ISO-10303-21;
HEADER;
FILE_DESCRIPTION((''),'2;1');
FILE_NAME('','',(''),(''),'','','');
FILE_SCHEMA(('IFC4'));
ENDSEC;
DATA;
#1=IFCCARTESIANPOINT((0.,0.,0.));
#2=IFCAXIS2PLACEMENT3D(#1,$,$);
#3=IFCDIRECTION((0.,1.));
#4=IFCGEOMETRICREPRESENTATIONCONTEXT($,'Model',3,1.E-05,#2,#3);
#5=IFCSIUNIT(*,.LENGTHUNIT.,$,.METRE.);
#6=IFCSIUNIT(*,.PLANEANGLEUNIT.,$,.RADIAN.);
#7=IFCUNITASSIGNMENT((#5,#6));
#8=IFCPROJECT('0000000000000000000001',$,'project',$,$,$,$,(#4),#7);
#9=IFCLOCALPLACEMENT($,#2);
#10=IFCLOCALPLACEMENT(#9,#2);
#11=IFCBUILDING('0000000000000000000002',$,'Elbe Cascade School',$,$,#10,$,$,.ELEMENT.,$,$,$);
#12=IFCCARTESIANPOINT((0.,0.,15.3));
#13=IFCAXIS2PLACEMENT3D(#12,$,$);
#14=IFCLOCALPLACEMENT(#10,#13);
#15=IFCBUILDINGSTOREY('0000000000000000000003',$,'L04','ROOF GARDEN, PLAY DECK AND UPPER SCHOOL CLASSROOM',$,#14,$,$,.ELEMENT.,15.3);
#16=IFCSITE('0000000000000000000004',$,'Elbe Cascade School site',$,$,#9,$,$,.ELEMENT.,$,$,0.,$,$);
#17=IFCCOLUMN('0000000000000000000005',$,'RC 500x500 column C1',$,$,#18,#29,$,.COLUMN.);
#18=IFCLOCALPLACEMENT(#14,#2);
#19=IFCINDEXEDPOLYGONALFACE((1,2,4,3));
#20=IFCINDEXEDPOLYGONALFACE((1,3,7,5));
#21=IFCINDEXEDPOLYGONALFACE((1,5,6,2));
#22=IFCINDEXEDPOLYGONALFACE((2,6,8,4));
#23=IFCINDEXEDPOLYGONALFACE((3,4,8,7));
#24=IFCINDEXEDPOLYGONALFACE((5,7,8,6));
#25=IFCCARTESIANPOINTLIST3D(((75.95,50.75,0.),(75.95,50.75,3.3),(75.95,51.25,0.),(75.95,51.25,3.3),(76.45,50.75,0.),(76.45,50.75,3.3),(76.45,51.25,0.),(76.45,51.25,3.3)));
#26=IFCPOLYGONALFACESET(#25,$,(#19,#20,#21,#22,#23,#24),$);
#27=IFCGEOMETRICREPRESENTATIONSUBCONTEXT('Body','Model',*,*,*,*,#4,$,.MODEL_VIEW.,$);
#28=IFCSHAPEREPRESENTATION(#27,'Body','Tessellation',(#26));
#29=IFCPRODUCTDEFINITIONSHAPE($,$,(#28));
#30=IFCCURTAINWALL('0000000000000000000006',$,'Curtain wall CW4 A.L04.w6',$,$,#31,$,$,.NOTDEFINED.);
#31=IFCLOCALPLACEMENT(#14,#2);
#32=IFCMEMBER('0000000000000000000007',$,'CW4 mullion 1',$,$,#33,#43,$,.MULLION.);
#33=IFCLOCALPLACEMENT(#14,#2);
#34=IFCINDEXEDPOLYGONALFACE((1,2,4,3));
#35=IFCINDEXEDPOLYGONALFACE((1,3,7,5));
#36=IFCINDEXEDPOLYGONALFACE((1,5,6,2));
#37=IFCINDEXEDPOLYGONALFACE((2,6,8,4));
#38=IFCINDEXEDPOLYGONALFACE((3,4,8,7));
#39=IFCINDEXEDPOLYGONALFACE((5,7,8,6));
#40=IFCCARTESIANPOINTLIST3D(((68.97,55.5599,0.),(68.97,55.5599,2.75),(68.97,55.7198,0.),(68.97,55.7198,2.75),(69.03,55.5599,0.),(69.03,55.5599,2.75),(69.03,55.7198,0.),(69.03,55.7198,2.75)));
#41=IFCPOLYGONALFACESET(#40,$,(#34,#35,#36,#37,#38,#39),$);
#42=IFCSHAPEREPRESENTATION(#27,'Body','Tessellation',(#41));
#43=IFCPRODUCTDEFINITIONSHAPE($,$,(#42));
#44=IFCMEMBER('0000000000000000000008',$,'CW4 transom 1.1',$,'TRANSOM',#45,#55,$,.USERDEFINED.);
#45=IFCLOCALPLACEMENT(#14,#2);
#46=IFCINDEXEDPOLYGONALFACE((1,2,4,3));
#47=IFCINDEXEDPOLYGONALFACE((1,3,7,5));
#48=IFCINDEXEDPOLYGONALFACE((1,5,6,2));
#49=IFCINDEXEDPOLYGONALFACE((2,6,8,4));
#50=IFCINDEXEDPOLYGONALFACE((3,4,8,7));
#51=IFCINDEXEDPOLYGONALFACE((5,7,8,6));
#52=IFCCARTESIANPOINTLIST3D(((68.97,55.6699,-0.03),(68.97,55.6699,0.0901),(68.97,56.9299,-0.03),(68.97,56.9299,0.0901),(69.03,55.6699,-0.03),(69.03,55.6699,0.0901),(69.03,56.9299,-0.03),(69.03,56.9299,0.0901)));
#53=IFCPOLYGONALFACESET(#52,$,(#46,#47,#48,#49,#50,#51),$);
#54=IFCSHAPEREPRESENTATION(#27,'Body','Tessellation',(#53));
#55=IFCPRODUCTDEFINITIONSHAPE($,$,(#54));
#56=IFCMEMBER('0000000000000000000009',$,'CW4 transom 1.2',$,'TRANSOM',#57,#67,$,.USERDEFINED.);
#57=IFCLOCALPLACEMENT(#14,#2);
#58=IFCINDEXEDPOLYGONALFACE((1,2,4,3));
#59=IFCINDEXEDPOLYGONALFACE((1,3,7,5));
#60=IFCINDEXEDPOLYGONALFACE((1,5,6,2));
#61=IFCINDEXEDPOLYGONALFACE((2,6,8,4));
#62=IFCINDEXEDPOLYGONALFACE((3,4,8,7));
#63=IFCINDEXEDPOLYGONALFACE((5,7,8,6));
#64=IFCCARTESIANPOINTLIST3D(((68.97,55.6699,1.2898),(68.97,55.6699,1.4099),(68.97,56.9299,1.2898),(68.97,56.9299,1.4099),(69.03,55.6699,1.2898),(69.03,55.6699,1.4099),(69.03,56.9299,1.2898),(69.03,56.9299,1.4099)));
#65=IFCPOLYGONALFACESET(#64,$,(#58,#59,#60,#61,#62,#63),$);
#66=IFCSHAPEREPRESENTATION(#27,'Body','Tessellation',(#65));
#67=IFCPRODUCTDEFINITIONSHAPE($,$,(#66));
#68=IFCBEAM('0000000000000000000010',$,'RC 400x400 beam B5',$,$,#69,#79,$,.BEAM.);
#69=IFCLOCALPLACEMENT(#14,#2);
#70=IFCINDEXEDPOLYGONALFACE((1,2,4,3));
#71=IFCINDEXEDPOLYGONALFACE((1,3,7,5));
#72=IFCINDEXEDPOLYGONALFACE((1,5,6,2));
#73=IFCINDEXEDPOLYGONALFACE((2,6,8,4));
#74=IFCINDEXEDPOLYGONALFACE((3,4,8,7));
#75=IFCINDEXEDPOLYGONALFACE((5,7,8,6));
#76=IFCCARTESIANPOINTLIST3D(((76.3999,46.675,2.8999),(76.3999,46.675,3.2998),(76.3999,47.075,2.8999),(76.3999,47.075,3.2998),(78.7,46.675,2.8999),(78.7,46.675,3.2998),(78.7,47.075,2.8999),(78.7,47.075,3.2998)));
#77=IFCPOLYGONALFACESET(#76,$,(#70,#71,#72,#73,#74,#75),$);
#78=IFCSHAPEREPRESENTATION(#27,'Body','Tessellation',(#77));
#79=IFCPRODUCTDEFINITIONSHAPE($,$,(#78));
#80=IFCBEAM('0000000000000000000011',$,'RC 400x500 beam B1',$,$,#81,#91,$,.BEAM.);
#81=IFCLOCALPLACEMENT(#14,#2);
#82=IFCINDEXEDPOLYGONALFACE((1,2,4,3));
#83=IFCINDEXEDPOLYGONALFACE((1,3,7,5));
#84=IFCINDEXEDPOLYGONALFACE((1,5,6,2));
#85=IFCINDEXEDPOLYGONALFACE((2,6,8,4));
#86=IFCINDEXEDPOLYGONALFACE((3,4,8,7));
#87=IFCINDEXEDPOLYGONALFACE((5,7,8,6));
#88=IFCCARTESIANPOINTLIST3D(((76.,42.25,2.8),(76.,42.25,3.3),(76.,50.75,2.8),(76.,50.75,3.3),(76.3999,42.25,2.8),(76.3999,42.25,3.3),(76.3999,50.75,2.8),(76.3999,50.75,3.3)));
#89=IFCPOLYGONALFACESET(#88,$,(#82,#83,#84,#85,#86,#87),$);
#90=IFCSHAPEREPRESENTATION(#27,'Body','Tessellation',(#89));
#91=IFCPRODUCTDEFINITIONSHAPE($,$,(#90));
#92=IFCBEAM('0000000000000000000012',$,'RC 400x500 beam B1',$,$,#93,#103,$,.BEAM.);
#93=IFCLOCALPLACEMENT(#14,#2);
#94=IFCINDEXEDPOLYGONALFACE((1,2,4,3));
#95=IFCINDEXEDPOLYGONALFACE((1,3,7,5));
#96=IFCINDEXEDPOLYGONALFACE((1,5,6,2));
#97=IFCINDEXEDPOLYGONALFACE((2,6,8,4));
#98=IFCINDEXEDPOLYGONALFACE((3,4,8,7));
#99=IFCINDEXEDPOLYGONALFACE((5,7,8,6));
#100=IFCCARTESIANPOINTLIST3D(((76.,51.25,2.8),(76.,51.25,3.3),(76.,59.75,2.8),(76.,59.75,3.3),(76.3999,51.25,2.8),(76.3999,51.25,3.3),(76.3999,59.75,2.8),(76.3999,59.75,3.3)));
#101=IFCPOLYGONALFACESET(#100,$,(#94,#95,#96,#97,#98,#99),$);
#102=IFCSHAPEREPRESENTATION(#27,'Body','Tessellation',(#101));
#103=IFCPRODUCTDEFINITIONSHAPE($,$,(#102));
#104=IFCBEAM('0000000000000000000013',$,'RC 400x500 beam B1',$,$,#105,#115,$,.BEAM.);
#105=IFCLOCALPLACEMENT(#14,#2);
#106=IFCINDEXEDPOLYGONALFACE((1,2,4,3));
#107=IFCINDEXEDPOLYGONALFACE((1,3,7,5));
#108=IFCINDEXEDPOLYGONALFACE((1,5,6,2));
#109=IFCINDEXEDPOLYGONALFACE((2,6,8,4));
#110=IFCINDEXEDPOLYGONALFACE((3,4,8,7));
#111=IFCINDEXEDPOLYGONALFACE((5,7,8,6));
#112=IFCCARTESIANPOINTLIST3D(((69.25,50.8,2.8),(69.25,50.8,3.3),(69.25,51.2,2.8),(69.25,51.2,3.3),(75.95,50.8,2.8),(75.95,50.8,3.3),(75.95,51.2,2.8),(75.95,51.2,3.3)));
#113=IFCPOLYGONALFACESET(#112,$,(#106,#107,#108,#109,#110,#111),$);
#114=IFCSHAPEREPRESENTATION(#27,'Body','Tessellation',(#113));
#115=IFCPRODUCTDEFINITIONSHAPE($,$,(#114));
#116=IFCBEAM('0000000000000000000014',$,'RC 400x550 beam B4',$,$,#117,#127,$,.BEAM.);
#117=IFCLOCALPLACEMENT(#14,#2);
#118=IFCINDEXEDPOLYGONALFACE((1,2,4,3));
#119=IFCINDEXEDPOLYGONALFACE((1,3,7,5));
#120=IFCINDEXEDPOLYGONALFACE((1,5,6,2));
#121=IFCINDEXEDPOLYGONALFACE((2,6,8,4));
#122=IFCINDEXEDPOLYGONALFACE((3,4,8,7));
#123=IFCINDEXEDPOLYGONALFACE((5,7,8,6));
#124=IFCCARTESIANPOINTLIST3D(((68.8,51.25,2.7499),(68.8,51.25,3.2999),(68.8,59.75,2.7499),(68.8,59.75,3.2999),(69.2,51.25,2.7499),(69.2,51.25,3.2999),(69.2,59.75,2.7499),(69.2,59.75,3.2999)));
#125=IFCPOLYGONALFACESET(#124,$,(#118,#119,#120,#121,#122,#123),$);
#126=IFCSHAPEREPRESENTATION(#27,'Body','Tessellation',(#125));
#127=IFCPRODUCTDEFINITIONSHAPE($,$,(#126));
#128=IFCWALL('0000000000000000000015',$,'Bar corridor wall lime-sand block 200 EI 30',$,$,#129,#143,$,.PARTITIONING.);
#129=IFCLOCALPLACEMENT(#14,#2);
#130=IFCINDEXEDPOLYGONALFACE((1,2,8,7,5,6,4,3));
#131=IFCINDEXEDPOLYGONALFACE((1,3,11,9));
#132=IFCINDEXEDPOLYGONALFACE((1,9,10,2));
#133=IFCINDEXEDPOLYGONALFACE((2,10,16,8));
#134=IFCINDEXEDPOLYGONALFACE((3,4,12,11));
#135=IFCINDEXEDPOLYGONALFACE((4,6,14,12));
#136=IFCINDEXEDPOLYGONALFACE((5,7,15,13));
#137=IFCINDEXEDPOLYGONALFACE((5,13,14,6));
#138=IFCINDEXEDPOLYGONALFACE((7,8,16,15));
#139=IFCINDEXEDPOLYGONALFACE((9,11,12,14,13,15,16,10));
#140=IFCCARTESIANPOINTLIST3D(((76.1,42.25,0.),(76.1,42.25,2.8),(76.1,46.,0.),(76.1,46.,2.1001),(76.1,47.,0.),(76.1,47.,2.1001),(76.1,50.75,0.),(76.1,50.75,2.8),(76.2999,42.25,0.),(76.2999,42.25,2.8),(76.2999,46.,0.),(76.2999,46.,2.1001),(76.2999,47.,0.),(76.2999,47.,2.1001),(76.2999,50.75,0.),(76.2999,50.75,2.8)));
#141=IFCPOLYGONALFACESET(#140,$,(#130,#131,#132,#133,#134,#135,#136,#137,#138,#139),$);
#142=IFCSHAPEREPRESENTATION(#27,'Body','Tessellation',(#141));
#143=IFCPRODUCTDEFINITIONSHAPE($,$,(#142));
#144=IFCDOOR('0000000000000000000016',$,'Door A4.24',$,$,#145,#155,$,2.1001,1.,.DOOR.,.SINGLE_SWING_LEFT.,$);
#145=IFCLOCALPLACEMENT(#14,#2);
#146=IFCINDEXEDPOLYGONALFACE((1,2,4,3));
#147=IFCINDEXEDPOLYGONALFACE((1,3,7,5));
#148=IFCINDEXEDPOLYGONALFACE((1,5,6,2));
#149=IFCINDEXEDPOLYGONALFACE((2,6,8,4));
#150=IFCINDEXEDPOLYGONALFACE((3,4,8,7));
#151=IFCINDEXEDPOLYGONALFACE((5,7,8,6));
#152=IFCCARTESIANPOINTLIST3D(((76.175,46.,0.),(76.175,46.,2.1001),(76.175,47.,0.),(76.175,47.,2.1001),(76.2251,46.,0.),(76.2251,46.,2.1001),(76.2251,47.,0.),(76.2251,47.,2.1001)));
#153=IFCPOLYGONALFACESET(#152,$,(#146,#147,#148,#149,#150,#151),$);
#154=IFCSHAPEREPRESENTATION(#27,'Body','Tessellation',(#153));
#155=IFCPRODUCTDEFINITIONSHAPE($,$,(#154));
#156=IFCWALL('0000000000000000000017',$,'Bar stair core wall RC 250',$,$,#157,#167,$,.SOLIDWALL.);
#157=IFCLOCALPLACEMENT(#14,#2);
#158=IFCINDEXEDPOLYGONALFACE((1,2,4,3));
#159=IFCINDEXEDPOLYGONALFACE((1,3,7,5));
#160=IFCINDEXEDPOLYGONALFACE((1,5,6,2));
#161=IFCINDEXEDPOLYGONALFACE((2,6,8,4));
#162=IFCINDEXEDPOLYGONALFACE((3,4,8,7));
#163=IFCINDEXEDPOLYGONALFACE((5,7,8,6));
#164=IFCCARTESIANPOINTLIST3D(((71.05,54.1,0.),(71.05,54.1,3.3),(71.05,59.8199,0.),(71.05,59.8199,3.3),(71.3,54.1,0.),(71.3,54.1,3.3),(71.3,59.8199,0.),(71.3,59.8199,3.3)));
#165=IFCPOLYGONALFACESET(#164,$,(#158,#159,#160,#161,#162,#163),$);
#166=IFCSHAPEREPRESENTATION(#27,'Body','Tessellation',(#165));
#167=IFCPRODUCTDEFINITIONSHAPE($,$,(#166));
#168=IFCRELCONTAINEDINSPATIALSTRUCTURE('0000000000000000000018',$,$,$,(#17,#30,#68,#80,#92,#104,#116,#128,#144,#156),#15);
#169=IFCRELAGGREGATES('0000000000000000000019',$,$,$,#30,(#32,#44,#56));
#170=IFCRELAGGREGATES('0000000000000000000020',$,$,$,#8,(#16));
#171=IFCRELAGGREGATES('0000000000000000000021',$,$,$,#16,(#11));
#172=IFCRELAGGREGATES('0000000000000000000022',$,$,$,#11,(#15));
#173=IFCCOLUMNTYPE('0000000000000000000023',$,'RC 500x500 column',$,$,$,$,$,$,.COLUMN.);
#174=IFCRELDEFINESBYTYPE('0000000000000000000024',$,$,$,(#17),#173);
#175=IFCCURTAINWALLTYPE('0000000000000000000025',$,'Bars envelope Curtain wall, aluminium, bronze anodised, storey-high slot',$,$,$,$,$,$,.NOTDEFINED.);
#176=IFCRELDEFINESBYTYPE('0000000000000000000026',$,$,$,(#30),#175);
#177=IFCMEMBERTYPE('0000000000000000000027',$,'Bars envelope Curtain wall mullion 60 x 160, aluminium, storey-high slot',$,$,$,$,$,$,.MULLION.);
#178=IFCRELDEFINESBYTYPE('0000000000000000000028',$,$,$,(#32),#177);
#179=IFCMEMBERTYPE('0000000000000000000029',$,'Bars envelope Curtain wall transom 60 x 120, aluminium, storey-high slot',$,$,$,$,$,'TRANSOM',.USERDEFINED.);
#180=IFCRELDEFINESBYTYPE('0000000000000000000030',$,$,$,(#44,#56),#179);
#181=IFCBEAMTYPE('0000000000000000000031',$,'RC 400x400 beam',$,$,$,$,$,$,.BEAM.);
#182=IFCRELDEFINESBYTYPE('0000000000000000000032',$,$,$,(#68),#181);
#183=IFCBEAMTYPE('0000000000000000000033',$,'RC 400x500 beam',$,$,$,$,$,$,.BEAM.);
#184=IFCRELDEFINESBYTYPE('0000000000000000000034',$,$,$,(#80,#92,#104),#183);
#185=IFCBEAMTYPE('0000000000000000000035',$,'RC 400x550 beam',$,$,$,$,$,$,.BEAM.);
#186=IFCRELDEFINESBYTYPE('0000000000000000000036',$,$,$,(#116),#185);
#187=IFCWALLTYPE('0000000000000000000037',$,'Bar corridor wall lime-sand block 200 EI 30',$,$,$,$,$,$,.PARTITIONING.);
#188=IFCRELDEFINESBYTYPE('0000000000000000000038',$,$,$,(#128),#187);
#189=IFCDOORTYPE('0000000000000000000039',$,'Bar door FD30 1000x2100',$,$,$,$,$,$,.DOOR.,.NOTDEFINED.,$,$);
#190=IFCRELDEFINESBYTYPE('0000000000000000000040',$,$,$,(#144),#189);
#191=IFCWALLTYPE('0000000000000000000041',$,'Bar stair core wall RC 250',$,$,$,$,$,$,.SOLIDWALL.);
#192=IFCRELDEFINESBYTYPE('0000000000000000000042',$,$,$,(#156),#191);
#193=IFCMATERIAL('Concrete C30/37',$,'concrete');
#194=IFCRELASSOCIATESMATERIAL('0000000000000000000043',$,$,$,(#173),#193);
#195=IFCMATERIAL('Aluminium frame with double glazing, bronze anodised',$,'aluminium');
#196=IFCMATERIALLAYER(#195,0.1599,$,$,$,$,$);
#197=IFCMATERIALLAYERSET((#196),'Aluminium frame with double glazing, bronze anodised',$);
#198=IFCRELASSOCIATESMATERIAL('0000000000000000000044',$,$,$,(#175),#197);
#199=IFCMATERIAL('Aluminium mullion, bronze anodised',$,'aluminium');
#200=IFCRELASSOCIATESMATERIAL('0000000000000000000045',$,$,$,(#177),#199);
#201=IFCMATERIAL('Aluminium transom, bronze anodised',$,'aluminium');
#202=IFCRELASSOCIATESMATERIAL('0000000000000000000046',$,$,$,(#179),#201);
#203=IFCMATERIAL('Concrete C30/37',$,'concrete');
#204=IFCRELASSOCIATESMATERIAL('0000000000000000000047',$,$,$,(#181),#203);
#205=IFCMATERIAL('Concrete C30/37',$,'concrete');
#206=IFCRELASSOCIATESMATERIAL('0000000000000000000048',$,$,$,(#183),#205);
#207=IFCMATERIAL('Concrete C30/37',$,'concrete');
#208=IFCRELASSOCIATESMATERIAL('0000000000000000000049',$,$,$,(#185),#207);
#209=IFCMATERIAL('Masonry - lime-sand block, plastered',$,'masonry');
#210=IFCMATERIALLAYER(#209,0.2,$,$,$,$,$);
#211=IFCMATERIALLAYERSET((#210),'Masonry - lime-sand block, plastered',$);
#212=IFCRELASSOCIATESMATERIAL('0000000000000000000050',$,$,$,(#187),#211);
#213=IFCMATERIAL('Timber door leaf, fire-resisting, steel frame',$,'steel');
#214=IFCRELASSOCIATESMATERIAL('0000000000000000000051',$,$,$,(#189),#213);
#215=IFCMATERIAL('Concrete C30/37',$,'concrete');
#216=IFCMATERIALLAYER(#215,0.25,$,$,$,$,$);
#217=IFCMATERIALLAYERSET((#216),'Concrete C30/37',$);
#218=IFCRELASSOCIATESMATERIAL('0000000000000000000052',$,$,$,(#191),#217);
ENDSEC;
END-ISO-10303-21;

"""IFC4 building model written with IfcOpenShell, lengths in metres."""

from ifc_helpers import new_model, si_unit, direction, frame, frame_2d, origin, origin_2d, place, context, subcontext, project, spatial, rectangle, extrude, material, layer, layer_set, material_profile, profile_set, type_object, element, fill, aggregate, save


model = new_model("IFC4")

# Units and contexts
model_context = context("Model", 3, precision=1e-05, world=origin(), true_north=direction((0.0, 1.0)))
body_context = subcontext(model_context, "Body", "Model", "MODEL_VIEW")
ifc_project = project(units=[si_unit("LENGTHUNIT", "METRE"), si_unit("PLANEANGLEUNIT", "RADIAN")], contexts=[model_context])

# Site, building, storey
site_placement = place(None, origin())
site = spatial("IfcSite", under=ifc_project, at=site_placement, Name="Elbe Cascade School site", CompositionType="ELEMENT", RefElevation=0.0)
building_placement = place(site_placement, origin())
building = spatial("IfcBuilding", under=site, at=building_placement, Name="Elbe Cascade School", CompositionType="ELEMENT")
storey_placement = place(building_placement, frame((0.0, 0.0, 15.3)))
storey = spatial("IfcBuildingStorey", under=building, at=storey_placement, Name="L04", Description="ROOF GARDEN, PLAY DECK AND UPPER SCHOOL CLASSROOM", CompositionType="ELEMENT", Elevation=15.3)

# Column
ifc_material_1 = material(Name="Concrete C30/37", Category="concrete")
ifc_material_profile_1 = material_profile(ifc_material_1, rectangle(XDim=0.5, YDim=0.5, at=origin_2d()), Name="RC 500x500")
ifc_profile_set_1 = profile_set([ifc_material_profile_1], Name="Concrete C30/37")
column_type = type_object("IfcColumnType", Name="RC 500x500 column", PredefinedType="COLUMN", material=ifc_profile_set_1)
column_placement = place(storey_placement, frame((76.2, 51.0, 0.0), z_axis=(0.0, 0.0, 1.0), x_axis=(1.0, 0.0, 0.0)))
element("IfcColumn", 1, at=column_placement, inside=storey, type_object=column_type, Name="RC 500x500 column C1", PredefinedType="COLUMN", context=body_context, shape_type="SweptSolid", body=[
    extrude(rectangle(XDim=0.5, YDim=0.5, at=origin_2d()), origin(), (0.0, 0.0, 1.0), 3.3),
])

# Curtain wall, members
ifc_material_2 = material(Name="Aluminium frame with double glazing, bronze anodised", Category="aluminium")
ifc_layer_1 = layer(ifc_material_2, 0.1599)
ifc_layer_set_1 = layer_set([ifc_layer_1], Name="Aluminium frame with double glazing, bronze anodised")
curtain_wall_type = type_object("IfcCurtainWallType", Name="Bars envelope Curtain wall, aluminium, bronze anodised, storey-high slot", PredefinedType="NOTDEFINED", material=ifc_layer_set_1)
curtain_wall_placement = place(storey_placement, origin())
curtain_wall = element("IfcCurtainWall", 2, at=curtain_wall_placement, inside=storey, type_object=curtain_wall_type, Name="Curtain wall CW4 A.L04.w6", PredefinedType="NOTDEFINED")
ifc_material_3 = material(Name="Aluminium mullion, bronze anodised", Category="aluminium")
ifc_material_profile_2 = material_profile(ifc_material_3, rectangle(XDim=0.0601, YDim=0.1599, at=origin_2d()), Name="Bars envelope Curtain wall mullion 60 x 160, aluminium, storey-high slot")
ifc_profile_set_2 = profile_set([ifc_material_profile_2], Name="Aluminium mullion, bronze anodised")
member_type_1 = type_object("IfcMemberType", Name="Bars envelope Curtain wall mullion 60 x 160, aluminium, storey-high slot", PredefinedType="MULLION", material=ifc_profile_set_2)
member_1_placement = place(storey_placement, frame((69.0, 55.6399, 0.0), z_axis=(0.0, 0.0, 1.0), x_axis=(-1.0, 0.0, 0.0)))
member_1 = element("IfcMember", 3, at=member_1_placement, type_object=member_type_1, Name="CW4 mullion 1", PredefinedType="MULLION", context=body_context, shape_type="SweptSolid", body=[
    extrude(rectangle(XDim=0.0601, YDim=0.1599, at=origin_2d()), origin(), (0.0, 0.0, 1.0), 2.75),
])
ifc_material_4 = material(Name="Aluminium transom, bronze anodised", Category="aluminium")
ifc_material_profile_3 = material_profile(ifc_material_4, rectangle(XDim=0.0601, YDim=0.1201, at=origin_2d()), Name="Bars envelope Curtain wall transom 60 x 120, aluminium, storey-high slot")
ifc_profile_set_3 = profile_set([ifc_material_profile_3], Name="Aluminium transom, bronze anodised")
member_type_2 = type_object("IfcMemberType", Name="Bars envelope Curtain wall transom 60 x 120, aluminium, storey-high slot", ElementType="TRANSOM", PredefinedType="USERDEFINED", material=ifc_profile_set_3)
member_2_placement = place(storey_placement, frame((69.0, 55.6699, 0.03), z_axis=(0.0, 1.0, 0.0), x_axis=(-1.0, 0.0, 0.0)))
member_2 = element("IfcMember", 4, at=member_2_placement, type_object=member_type_2, Name="CW4 transom 1.1", ObjectType="TRANSOM", PredefinedType="USERDEFINED", context=body_context, shape_type="SweptSolid", body=[
    extrude(rectangle(XDim=0.0601, YDim=0.1201, at=origin_2d()), origin(), (0.0, 0.0, 1.0), 1.26),
])
member_3_placement = place(storey_placement, frame((69.0, 55.6699, 1.3499), z_axis=(0.0, 1.0, 0.0), x_axis=(-1.0, 0.0, 0.0)))
member_3 = element("IfcMember", 5, at=member_3_placement, type_object=member_type_2, Name="CW4 transom 1.2", ObjectType="TRANSOM", PredefinedType="USERDEFINED", context=body_context, shape_type="SweptSolid", body=[
    extrude(rectangle(XDim=0.0601, YDim=0.1201, at=origin_2d()), origin(), (0.0, 0.0, 1.0), 1.26),
])
aggregate(curtain_wall, [member_1, member_2, member_3])

# Beams
ifc_material_5 = material(Name="Concrete C30/37", Category="concrete")
ifc_material_profile_4 = material_profile(ifc_material_5, rectangle(XDim=0.3999, YDim=0.3999, at=origin_2d()), Name="RC 400x400")
ifc_profile_set_4 = profile_set([ifc_material_profile_4], Name="Concrete C30/37")
beam_type_1 = type_object("IfcBeamType", Name="RC 400x400 beam", PredefinedType="BEAM", material=ifc_profile_set_4)
beam_1_placement = place(storey_placement, frame((76.3999, 46.875, 3.0999), z_axis=(1.0, 0.0, 0.0), x_axis=(0.0, 1.0, 0.0)))
element("IfcBeam", 6, at=beam_1_placement, inside=storey, type_object=beam_type_1, Name="RC 400x400 beam B5", PredefinedType="BEAM", context=body_context, shape_type="SweptSolid", body=[
    extrude(rectangle(XDim=0.3999, YDim=0.3999, at=origin_2d()), origin(), (0.0, 0.0, 1.0), 2.3),
])
ifc_material_6 = material(Name="Concrete C30/37", Category="concrete")
ifc_material_profile_5 = material_profile(ifc_material_6, rectangle(XDim=0.3999, YDim=0.5, at=origin_2d()), Name="RC 400x500")
ifc_profile_set_5 = profile_set([ifc_material_profile_5], Name="Concrete C30/37")
beam_type_2 = type_object("IfcBeamType", Name="RC 400x500 beam", PredefinedType="BEAM", material=ifc_profile_set_5)
for number, where, z_axis, x_axis, name in (
    (7, (76.2, 42.25, 3.05), (0.0, 1.0, 0.0), (-1.0, 0.0, 0.0), "RC 400x500 beam B1"),
    (8, (76.2, 51.25, 3.05), (0.0, 1.0, 0.0), (-1.0, 0.0, 0.0), "RC 400x500 beam B1"),
):
    element("IfcBeam", number, at=place(storey_placement, frame(where, z_axis=z_axis, x_axis=x_axis)), inside=storey, type_object=beam_type_2, Name=name, PredefinedType="BEAM", context=body_context, shape_type="SweptSolid", body=[
        extrude(rectangle(XDim=0.3999, YDim=0.5, at=origin_2d()), origin(), (0.0, 0.0, 1.0), 8.5),
    ])
beam_2_placement = place(storey_placement, frame((69.25, 51.0, 3.05), z_axis=(1.0, 0.0, 0.0), x_axis=(0.0, 1.0, 0.0)))
element("IfcBeam", 9, at=beam_2_placement, inside=storey, type_object=beam_type_2, Name="RC 400x500 beam B1", PredefinedType="BEAM", context=body_context, shape_type="SweptSolid", body=[
    extrude(rectangle(XDim=0.3999, YDim=0.5, at=origin_2d()), origin(), (0.0, 0.0, 1.0), 6.7),
])
ifc_material_7 = material(Name="Concrete C30/37", Category="concrete")
ifc_material_profile_6 = material_profile(ifc_material_7, rectangle(XDim=0.3999, YDim=0.55, at=origin_2d()), Name="RC 400x550")
ifc_profile_set_6 = profile_set([ifc_material_profile_6], Name="Concrete C30/37")
beam_type_3 = type_object("IfcBeamType", Name="RC 400x550 beam", PredefinedType="BEAM", material=ifc_profile_set_6)
beam_3_placement = place(storey_placement, frame((69.0, 51.25, 3.0249), z_axis=(0.0, 1.0, 0.0), x_axis=(-1.0, 0.0, 0.0)))
element("IfcBeam", 10, at=beam_3_placement, inside=storey, type_object=beam_type_3, Name="RC 400x550 beam B4", PredefinedType="BEAM", context=body_context, shape_type="SweptSolid", body=[
    extrude(rectangle(XDim=0.3999, YDim=0.55, at=origin_2d()), origin(), (0.0, 0.0, 1.0), 8.5),
])

# Wall, opening, door
ifc_material_8 = material(Name="Masonry - lime-sand block, plastered", Category="masonry")
ifc_layer_2 = layer(ifc_material_8, 0.2)
ifc_layer_set_2 = layer_set([ifc_layer_2], Name="Masonry - lime-sand block, plastered")
wall_type_1 = type_object("IfcWallType", Name="Bar corridor wall lime-sand block 200 EI 30", PredefinedType="PARTITIONING", material=ifc_layer_set_2)
wall_1_placement = place(storey_placement, frame((76.2, 42.25, 0.0), z_axis=(0.0, 0.0, 1.0), x_axis=(0.0, 1.0, 0.0)))
wall_1 = element("IfcWall", 11, at=wall_1_placement, inside=storey, type_object=wall_type_1, Name="Bar corridor wall lime-sand block 200 EI 30", PredefinedType="PARTITIONING", context=body_context, shape_type="SweptSolid", body=[
    extrude(rectangle(XDim=8.5, YDim=0.2, at=frame_2d((4.25, 0.0))), origin(), (0.0, 0.0, 1.0), 2.8),
])
opening_1_placement = place(wall_1_placement, frame((3.75, 0.0, 0.0)))
opening_1 = element("IfcOpeningElement", 12, at=opening_1_placement, cuts=wall_1, PredefinedType="OPENING", context=body_context, shape_type="SweptSolid", body=[
    extrude(rectangle(XDim=1.0, YDim=2.1001, at=frame_2d((0.5, 1.05))), frame((0.0, 0.1099, 0.0), z_axis=(0.0, -1.0, 0.0), x_axis=(1.0, 0.0, 0.0)), (0.0, 0.0, 1.0), 0.22),
])
ifc_material_9 = material(Name="Timber door leaf, fire-resisting, steel frame", Category="steel")
door_type_1 = type_object("IfcDoorType", Name="Bar door FD30 1000x2100", OperationType="NOTDEFINED", PredefinedType="DOOR", material=ifc_material_9)
door_1_placement = place(opening_1_placement, origin())
door_1 = element("IfcDoor", 13, at=door_1_placement, inside=storey, type_object=door_type_1, Name="Door A4.24", OperationType="SINGLE_SWING_LEFT", OverallHeight=2.1001, OverallWidth=1.0, PredefinedType="DOOR", context=body_context, shape_type="SweptSolid", body=[
    extrude(rectangle(XDim=1.0, YDim=2.1001, at=frame_2d((0.5, 1.05))), frame((0.0, 0.0249, 0.0), z_axis=(0.0, -1.0, 0.0), x_axis=(1.0, 0.0, 0.0)), (0.0, 0.0, 1.0), 0.05),
])
fill(opening_1, door_1)

# Wall
ifc_material_10 = material(Name="Concrete C30/37", Category="concrete")
ifc_layer_3 = layer(ifc_material_10, 0.25)
ifc_layer_set_3 = layer_set([ifc_layer_3], Name="Concrete C30/37")
wall_type_2 = type_object("IfcWallType", Name="Bar stair core wall RC 250", PredefinedType="SOLIDWALL", material=ifc_layer_set_3)
wall_2_placement = place(storey_placement, frame((71.175, 54.1001, 0.0), z_axis=(0.0, 0.0, 1.0), x_axis=(0.0, 1.0, 0.0)))
element("IfcWall", 14, at=wall_2_placement, inside=storey, type_object=wall_type_2, Name="Bar stair core wall RC 250", PredefinedType="SOLIDWALL", context=body_context, shape_type="SweptSolid", body=[
    extrude(rectangle(XDim=5.72, YDim=0.25, at=frame_2d((2.8599, 0.0))), origin(), (0.0, 0.0, 1.0), 3.3),
])

save(model, "model.ifc")
